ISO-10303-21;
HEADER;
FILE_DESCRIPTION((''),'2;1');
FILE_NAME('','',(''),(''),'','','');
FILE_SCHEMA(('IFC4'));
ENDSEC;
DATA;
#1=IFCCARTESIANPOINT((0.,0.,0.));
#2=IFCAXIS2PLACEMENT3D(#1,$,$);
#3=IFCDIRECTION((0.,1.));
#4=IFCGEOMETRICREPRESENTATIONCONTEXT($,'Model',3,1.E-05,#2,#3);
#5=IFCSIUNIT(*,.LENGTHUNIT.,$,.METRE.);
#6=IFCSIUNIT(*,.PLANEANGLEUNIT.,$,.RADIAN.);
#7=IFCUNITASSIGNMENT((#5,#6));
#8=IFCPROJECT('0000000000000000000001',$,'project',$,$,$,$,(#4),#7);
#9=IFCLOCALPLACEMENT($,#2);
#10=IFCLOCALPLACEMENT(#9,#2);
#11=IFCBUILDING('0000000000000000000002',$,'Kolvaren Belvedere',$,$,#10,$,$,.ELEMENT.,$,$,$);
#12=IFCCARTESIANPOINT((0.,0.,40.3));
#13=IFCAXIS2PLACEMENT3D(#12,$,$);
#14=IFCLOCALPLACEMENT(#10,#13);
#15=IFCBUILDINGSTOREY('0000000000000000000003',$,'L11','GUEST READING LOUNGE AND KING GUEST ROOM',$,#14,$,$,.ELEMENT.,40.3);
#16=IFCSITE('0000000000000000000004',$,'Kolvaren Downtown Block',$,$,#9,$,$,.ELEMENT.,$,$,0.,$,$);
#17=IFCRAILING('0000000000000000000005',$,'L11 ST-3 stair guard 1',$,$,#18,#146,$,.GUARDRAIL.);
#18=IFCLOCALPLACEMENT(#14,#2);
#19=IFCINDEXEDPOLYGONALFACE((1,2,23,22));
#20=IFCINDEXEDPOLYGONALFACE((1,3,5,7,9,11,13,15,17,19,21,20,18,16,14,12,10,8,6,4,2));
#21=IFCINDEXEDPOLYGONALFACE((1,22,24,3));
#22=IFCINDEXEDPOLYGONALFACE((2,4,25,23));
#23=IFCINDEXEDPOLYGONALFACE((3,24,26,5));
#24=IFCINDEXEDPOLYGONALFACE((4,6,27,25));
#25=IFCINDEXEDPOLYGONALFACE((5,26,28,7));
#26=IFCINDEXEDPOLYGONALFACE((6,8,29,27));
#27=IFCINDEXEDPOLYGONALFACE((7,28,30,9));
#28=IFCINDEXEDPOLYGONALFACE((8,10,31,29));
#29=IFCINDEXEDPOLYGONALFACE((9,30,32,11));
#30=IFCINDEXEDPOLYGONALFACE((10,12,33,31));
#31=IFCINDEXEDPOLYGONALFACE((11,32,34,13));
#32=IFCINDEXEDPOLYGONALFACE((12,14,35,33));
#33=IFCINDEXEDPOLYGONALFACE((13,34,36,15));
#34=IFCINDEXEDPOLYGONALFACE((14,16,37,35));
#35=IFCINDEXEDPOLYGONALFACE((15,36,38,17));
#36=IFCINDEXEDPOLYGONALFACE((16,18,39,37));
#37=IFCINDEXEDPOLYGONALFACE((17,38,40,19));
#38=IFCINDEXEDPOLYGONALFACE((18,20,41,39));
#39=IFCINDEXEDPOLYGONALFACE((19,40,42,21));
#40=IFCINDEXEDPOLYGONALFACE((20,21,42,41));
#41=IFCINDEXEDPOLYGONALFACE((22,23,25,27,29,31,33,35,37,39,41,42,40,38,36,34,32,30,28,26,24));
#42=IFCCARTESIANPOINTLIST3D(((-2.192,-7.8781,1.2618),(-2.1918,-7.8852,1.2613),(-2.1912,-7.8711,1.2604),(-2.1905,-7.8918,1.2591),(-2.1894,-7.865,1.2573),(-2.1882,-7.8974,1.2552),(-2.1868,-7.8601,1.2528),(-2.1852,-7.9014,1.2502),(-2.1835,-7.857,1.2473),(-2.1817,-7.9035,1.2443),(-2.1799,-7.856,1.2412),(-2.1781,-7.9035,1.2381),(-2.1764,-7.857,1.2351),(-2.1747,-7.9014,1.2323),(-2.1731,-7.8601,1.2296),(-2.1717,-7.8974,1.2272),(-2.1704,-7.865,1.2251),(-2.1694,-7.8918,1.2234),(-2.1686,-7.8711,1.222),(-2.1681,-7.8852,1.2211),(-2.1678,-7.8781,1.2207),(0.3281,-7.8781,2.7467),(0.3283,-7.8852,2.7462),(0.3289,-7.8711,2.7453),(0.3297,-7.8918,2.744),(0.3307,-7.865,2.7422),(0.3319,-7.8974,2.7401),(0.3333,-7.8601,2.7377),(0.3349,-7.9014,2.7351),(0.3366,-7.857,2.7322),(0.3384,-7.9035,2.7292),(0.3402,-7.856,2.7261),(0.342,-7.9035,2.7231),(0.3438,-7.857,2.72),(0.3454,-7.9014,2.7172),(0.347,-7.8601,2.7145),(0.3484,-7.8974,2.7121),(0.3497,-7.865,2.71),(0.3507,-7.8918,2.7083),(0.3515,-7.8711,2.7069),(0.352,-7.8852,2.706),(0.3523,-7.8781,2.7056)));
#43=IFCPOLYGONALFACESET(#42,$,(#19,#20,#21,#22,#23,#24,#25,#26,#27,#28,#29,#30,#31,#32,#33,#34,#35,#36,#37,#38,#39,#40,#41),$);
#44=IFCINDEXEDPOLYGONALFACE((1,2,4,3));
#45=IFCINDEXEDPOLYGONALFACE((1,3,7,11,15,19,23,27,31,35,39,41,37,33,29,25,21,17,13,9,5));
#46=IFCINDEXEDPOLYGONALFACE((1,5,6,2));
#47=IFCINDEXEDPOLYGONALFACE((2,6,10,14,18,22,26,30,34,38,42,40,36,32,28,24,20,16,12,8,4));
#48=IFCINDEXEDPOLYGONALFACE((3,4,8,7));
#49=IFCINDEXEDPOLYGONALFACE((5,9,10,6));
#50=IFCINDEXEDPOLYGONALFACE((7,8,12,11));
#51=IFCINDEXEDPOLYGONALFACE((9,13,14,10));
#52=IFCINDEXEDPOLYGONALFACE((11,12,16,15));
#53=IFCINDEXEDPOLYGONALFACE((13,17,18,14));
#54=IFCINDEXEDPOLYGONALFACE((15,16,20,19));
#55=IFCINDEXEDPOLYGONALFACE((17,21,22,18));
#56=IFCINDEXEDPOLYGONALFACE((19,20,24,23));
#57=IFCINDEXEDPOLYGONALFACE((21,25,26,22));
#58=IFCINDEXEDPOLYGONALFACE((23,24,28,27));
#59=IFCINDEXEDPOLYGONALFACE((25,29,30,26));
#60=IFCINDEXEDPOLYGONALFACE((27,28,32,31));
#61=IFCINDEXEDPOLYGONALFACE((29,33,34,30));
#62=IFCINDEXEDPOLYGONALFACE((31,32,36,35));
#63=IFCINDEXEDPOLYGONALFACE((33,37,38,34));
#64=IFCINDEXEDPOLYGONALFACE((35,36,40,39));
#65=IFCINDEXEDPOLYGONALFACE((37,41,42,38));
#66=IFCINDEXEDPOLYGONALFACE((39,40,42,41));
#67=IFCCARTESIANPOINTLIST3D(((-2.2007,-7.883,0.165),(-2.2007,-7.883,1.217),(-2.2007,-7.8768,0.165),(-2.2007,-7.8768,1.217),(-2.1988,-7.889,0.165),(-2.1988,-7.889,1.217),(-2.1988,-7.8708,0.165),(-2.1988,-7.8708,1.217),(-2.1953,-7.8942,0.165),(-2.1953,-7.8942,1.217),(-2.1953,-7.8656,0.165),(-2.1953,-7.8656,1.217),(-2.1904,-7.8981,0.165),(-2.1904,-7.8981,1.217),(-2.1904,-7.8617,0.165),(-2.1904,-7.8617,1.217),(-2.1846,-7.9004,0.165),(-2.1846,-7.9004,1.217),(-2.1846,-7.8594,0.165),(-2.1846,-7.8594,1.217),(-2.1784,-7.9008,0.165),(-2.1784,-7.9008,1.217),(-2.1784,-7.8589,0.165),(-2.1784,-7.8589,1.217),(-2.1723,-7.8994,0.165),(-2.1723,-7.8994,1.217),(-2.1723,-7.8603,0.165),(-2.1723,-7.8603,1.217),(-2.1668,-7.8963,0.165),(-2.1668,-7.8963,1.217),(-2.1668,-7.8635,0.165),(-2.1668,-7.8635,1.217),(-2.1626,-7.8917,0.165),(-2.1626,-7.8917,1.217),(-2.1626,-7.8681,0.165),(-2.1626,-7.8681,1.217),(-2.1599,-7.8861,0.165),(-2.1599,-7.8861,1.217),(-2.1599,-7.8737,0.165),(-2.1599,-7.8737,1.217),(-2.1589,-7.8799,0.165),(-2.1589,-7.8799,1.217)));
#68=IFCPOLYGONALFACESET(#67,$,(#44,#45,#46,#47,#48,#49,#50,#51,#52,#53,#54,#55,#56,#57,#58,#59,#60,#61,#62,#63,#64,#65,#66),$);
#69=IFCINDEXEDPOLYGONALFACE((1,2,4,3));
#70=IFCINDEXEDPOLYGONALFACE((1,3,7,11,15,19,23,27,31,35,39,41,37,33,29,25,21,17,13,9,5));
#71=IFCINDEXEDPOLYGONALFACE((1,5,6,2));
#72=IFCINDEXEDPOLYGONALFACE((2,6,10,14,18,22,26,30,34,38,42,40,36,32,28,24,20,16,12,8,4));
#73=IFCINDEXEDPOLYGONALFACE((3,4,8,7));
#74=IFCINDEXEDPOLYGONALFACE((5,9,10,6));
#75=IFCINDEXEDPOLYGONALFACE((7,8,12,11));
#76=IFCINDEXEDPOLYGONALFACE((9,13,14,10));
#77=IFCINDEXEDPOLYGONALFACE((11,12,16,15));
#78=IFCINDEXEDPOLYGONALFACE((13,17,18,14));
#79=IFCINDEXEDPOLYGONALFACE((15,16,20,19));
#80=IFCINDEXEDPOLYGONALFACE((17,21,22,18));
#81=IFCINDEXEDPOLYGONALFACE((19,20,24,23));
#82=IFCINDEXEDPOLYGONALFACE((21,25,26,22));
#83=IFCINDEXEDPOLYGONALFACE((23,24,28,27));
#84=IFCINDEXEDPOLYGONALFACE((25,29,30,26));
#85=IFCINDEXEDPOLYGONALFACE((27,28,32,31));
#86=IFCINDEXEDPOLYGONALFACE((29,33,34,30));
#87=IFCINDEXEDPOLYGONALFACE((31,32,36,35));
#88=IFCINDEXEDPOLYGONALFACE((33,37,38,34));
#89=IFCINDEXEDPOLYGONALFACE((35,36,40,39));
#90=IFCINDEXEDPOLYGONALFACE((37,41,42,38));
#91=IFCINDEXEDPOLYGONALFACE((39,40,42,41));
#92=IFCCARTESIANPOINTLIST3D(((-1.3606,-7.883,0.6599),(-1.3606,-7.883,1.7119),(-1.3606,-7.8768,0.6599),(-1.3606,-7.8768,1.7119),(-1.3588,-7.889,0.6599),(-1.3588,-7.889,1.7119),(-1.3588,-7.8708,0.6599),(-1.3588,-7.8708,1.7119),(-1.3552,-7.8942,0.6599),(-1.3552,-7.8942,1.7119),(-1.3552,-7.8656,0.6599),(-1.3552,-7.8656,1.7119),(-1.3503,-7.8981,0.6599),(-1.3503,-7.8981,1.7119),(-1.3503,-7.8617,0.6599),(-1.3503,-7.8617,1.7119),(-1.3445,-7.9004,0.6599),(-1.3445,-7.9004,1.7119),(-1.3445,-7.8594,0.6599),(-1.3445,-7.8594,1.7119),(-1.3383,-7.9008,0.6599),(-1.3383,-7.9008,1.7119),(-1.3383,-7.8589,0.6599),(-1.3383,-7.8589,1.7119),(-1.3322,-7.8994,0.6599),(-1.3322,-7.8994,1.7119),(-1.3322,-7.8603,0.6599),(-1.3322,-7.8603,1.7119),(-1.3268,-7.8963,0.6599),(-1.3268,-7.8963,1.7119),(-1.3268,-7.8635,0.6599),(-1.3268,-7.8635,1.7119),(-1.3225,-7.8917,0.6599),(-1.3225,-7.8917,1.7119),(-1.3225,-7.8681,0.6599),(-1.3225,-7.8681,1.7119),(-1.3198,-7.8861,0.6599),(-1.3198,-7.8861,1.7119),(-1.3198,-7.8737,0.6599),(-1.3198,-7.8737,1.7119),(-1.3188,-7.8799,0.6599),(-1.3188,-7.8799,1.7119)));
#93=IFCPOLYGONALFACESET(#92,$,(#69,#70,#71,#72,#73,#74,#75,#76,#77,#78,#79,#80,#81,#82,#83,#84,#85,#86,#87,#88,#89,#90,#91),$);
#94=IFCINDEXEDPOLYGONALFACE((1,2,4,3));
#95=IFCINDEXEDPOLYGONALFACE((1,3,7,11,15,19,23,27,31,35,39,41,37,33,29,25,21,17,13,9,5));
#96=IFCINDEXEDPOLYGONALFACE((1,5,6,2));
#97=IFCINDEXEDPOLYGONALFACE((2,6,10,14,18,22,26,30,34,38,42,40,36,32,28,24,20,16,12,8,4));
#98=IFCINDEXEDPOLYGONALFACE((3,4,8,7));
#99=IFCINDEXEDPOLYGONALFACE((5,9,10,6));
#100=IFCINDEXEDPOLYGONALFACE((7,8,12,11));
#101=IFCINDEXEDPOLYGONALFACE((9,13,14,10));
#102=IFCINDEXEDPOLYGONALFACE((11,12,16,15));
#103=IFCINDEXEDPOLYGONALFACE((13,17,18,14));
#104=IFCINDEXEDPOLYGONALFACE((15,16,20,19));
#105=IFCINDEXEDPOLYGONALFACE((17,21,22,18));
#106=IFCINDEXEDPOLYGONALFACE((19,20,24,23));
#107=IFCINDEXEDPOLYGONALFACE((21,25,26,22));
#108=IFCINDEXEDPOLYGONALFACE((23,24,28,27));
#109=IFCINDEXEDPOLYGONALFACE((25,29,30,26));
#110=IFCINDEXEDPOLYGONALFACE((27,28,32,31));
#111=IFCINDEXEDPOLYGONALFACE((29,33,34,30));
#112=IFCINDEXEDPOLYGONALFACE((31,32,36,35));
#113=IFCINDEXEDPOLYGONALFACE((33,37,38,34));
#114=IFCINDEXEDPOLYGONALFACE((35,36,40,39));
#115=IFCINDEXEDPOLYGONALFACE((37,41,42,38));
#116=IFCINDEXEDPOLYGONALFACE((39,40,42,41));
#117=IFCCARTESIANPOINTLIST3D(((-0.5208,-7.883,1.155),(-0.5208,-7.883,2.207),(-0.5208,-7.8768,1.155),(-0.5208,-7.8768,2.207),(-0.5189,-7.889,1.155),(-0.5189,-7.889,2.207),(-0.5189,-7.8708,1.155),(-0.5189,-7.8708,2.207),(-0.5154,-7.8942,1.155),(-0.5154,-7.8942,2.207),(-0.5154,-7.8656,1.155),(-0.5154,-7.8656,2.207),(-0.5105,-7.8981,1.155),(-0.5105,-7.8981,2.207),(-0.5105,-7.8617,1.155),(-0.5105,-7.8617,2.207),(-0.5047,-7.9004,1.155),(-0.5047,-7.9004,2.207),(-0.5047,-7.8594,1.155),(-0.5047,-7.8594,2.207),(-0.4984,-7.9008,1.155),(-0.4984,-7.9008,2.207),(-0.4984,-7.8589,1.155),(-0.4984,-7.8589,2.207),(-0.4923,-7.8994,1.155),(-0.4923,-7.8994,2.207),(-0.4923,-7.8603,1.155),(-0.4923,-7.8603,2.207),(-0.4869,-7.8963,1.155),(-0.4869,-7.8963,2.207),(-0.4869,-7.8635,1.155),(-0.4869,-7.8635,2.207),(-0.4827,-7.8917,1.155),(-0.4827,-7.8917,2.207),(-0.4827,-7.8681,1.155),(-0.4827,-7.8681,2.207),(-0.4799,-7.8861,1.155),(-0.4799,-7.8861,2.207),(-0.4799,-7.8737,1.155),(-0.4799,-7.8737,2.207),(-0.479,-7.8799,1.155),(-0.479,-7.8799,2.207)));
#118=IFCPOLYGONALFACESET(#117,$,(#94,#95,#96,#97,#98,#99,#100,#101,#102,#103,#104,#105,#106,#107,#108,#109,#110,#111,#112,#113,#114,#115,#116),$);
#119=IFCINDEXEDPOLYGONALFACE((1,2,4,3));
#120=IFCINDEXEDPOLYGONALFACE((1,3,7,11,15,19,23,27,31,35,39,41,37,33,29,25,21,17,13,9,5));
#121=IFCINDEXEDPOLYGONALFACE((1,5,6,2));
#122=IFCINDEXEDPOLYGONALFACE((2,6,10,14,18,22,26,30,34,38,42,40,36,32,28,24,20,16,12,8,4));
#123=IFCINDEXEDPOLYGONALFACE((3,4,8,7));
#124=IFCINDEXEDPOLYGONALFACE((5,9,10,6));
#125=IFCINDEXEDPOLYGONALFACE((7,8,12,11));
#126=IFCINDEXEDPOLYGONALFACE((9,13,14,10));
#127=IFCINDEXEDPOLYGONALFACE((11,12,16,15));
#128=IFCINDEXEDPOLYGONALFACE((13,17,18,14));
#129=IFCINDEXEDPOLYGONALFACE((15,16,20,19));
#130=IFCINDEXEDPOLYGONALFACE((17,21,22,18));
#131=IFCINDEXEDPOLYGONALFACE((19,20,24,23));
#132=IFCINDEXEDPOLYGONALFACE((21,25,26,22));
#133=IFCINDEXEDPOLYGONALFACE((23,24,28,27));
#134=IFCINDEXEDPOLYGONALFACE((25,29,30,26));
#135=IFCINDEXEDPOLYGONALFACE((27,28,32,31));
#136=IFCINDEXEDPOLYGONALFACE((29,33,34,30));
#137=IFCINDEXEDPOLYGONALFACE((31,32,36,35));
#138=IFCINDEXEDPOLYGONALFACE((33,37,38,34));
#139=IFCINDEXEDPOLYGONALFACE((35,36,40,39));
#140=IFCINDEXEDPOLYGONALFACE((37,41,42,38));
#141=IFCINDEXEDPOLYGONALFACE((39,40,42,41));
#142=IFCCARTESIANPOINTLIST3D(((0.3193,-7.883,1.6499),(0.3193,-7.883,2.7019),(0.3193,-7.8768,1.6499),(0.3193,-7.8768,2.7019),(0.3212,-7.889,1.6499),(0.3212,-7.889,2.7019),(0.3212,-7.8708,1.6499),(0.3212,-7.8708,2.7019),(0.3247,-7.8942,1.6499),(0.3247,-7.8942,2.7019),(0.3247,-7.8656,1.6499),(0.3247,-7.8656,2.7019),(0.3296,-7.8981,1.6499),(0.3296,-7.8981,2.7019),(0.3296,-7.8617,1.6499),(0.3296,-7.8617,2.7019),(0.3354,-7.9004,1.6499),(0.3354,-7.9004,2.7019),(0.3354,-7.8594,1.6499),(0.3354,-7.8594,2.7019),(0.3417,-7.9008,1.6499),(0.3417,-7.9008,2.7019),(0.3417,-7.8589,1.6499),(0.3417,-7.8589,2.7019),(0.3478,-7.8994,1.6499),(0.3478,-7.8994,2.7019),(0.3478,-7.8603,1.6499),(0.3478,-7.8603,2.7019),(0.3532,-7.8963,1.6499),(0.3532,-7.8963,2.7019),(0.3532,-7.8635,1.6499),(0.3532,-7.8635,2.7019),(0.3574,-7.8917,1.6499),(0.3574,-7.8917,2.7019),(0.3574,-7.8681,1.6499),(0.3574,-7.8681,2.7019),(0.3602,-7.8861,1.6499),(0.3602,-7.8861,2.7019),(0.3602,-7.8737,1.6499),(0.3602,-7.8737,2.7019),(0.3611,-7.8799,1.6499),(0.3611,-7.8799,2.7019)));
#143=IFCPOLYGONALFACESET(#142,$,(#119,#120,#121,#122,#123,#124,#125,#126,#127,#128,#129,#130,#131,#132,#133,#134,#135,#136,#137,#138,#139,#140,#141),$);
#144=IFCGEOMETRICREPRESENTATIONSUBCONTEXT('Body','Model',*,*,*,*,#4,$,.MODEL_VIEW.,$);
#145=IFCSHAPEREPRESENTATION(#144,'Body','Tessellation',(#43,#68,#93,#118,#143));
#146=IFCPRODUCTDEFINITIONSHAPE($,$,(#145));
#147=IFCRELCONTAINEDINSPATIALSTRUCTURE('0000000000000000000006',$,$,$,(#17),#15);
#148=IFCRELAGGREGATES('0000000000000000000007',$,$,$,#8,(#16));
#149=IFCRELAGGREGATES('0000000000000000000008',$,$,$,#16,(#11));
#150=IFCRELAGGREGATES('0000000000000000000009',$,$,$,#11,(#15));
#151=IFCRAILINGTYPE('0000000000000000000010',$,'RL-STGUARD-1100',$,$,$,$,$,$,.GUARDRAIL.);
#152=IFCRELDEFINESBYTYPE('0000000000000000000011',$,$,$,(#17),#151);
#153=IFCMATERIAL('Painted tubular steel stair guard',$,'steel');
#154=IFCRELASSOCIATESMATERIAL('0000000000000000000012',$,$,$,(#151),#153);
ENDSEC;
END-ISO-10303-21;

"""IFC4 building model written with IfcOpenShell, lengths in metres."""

from ifc_helpers import new_model, si_unit, direction, frame, origin, origin_2d, place, context, subcontext, project, spatial, circle, extrude, material, type_object, element, save


model = new_model("IFC4")

# Units and contexts
model_context = context("Model", 3, precision=1e-05, world=origin(), true_north=direction((0.0, 1.0)))
body_context = subcontext(model_context, "Body", "Model", "MODEL_VIEW")
ifc_project = project(units=[si_unit("LENGTHUNIT", "METRE"), si_unit("PLANEANGLEUNIT", "RADIAN")], contexts=[model_context])

# Site, building, storey
site_placement = place(None, origin())
site = spatial("IfcSite", under=ifc_project, at=site_placement, Name="Kolvaren Downtown Block", CompositionType="ELEMENT", RefElevation=0.0)
building_placement = place(site_placement, origin())
building = spatial("IfcBuilding", under=site, at=building_placement, Name="Kolvaren Belvedere", CompositionType="ELEMENT")
storey_placement = place(building_placement, frame((0.0, 0.0, 40.3)))
storey = spatial("IfcBuildingStorey", under=building, at=storey_placement, Name="L11", Description="GUEST READING LOUNGE AND KING GUEST ROOM", CompositionType="ELEMENT", Elevation=40.3)

# Railing
ifc_material_1 = material(Name="Painted tubular steel stair guard", Category="steel")
railing_type_1 = type_object("IfcRailingType", Name="RL-STGUARD-1100", PredefinedType="GUARDRAIL", material=ifc_material_1)
railing_1_placement = place(storey_placement, frame((-2.1799, -7.8799, 0.165)))
element("IfcRailing", 1, at=railing_1_placement, inside=storey, type_object=railing_type_1, Name="L11 ST-3 stair guard 1", PredefinedType="GUARDRAIL", context=body_context, shape_type="SweptSolid", body=[
    extrude(circle(Radius=0.0239, at=origin_2d()), frame((0.0, 0.0, 1.0762), z_axis=(0.861561, 0.0, 0.507655), x_axis=(0.0, 1.0, 0.0)), (0.0, 0.0, 1.0), 2.925),
    extrude(circle(Radius=0.021, at=origin_2d()), origin(), (0.0, 0.0, 1.0), 1.052),
    extrude(circle(Radius=0.021, at=origin_2d()), frame((0.8401, 0.0, 0.4949)), (0.0, 0.0, 1.0), 1.052),
    extrude(circle(Radius=0.021, at=origin_2d()), frame((1.6799, 0.0, 0.99)), (0.0, 0.0, 1.0), 1.052),
    extrude(circle(Radius=0.021, at=origin_2d()), frame((2.52, 0.0, 1.4849)), (0.0, 0.0, 1.0), 1.052),
])

save(model, "model.ifc")
